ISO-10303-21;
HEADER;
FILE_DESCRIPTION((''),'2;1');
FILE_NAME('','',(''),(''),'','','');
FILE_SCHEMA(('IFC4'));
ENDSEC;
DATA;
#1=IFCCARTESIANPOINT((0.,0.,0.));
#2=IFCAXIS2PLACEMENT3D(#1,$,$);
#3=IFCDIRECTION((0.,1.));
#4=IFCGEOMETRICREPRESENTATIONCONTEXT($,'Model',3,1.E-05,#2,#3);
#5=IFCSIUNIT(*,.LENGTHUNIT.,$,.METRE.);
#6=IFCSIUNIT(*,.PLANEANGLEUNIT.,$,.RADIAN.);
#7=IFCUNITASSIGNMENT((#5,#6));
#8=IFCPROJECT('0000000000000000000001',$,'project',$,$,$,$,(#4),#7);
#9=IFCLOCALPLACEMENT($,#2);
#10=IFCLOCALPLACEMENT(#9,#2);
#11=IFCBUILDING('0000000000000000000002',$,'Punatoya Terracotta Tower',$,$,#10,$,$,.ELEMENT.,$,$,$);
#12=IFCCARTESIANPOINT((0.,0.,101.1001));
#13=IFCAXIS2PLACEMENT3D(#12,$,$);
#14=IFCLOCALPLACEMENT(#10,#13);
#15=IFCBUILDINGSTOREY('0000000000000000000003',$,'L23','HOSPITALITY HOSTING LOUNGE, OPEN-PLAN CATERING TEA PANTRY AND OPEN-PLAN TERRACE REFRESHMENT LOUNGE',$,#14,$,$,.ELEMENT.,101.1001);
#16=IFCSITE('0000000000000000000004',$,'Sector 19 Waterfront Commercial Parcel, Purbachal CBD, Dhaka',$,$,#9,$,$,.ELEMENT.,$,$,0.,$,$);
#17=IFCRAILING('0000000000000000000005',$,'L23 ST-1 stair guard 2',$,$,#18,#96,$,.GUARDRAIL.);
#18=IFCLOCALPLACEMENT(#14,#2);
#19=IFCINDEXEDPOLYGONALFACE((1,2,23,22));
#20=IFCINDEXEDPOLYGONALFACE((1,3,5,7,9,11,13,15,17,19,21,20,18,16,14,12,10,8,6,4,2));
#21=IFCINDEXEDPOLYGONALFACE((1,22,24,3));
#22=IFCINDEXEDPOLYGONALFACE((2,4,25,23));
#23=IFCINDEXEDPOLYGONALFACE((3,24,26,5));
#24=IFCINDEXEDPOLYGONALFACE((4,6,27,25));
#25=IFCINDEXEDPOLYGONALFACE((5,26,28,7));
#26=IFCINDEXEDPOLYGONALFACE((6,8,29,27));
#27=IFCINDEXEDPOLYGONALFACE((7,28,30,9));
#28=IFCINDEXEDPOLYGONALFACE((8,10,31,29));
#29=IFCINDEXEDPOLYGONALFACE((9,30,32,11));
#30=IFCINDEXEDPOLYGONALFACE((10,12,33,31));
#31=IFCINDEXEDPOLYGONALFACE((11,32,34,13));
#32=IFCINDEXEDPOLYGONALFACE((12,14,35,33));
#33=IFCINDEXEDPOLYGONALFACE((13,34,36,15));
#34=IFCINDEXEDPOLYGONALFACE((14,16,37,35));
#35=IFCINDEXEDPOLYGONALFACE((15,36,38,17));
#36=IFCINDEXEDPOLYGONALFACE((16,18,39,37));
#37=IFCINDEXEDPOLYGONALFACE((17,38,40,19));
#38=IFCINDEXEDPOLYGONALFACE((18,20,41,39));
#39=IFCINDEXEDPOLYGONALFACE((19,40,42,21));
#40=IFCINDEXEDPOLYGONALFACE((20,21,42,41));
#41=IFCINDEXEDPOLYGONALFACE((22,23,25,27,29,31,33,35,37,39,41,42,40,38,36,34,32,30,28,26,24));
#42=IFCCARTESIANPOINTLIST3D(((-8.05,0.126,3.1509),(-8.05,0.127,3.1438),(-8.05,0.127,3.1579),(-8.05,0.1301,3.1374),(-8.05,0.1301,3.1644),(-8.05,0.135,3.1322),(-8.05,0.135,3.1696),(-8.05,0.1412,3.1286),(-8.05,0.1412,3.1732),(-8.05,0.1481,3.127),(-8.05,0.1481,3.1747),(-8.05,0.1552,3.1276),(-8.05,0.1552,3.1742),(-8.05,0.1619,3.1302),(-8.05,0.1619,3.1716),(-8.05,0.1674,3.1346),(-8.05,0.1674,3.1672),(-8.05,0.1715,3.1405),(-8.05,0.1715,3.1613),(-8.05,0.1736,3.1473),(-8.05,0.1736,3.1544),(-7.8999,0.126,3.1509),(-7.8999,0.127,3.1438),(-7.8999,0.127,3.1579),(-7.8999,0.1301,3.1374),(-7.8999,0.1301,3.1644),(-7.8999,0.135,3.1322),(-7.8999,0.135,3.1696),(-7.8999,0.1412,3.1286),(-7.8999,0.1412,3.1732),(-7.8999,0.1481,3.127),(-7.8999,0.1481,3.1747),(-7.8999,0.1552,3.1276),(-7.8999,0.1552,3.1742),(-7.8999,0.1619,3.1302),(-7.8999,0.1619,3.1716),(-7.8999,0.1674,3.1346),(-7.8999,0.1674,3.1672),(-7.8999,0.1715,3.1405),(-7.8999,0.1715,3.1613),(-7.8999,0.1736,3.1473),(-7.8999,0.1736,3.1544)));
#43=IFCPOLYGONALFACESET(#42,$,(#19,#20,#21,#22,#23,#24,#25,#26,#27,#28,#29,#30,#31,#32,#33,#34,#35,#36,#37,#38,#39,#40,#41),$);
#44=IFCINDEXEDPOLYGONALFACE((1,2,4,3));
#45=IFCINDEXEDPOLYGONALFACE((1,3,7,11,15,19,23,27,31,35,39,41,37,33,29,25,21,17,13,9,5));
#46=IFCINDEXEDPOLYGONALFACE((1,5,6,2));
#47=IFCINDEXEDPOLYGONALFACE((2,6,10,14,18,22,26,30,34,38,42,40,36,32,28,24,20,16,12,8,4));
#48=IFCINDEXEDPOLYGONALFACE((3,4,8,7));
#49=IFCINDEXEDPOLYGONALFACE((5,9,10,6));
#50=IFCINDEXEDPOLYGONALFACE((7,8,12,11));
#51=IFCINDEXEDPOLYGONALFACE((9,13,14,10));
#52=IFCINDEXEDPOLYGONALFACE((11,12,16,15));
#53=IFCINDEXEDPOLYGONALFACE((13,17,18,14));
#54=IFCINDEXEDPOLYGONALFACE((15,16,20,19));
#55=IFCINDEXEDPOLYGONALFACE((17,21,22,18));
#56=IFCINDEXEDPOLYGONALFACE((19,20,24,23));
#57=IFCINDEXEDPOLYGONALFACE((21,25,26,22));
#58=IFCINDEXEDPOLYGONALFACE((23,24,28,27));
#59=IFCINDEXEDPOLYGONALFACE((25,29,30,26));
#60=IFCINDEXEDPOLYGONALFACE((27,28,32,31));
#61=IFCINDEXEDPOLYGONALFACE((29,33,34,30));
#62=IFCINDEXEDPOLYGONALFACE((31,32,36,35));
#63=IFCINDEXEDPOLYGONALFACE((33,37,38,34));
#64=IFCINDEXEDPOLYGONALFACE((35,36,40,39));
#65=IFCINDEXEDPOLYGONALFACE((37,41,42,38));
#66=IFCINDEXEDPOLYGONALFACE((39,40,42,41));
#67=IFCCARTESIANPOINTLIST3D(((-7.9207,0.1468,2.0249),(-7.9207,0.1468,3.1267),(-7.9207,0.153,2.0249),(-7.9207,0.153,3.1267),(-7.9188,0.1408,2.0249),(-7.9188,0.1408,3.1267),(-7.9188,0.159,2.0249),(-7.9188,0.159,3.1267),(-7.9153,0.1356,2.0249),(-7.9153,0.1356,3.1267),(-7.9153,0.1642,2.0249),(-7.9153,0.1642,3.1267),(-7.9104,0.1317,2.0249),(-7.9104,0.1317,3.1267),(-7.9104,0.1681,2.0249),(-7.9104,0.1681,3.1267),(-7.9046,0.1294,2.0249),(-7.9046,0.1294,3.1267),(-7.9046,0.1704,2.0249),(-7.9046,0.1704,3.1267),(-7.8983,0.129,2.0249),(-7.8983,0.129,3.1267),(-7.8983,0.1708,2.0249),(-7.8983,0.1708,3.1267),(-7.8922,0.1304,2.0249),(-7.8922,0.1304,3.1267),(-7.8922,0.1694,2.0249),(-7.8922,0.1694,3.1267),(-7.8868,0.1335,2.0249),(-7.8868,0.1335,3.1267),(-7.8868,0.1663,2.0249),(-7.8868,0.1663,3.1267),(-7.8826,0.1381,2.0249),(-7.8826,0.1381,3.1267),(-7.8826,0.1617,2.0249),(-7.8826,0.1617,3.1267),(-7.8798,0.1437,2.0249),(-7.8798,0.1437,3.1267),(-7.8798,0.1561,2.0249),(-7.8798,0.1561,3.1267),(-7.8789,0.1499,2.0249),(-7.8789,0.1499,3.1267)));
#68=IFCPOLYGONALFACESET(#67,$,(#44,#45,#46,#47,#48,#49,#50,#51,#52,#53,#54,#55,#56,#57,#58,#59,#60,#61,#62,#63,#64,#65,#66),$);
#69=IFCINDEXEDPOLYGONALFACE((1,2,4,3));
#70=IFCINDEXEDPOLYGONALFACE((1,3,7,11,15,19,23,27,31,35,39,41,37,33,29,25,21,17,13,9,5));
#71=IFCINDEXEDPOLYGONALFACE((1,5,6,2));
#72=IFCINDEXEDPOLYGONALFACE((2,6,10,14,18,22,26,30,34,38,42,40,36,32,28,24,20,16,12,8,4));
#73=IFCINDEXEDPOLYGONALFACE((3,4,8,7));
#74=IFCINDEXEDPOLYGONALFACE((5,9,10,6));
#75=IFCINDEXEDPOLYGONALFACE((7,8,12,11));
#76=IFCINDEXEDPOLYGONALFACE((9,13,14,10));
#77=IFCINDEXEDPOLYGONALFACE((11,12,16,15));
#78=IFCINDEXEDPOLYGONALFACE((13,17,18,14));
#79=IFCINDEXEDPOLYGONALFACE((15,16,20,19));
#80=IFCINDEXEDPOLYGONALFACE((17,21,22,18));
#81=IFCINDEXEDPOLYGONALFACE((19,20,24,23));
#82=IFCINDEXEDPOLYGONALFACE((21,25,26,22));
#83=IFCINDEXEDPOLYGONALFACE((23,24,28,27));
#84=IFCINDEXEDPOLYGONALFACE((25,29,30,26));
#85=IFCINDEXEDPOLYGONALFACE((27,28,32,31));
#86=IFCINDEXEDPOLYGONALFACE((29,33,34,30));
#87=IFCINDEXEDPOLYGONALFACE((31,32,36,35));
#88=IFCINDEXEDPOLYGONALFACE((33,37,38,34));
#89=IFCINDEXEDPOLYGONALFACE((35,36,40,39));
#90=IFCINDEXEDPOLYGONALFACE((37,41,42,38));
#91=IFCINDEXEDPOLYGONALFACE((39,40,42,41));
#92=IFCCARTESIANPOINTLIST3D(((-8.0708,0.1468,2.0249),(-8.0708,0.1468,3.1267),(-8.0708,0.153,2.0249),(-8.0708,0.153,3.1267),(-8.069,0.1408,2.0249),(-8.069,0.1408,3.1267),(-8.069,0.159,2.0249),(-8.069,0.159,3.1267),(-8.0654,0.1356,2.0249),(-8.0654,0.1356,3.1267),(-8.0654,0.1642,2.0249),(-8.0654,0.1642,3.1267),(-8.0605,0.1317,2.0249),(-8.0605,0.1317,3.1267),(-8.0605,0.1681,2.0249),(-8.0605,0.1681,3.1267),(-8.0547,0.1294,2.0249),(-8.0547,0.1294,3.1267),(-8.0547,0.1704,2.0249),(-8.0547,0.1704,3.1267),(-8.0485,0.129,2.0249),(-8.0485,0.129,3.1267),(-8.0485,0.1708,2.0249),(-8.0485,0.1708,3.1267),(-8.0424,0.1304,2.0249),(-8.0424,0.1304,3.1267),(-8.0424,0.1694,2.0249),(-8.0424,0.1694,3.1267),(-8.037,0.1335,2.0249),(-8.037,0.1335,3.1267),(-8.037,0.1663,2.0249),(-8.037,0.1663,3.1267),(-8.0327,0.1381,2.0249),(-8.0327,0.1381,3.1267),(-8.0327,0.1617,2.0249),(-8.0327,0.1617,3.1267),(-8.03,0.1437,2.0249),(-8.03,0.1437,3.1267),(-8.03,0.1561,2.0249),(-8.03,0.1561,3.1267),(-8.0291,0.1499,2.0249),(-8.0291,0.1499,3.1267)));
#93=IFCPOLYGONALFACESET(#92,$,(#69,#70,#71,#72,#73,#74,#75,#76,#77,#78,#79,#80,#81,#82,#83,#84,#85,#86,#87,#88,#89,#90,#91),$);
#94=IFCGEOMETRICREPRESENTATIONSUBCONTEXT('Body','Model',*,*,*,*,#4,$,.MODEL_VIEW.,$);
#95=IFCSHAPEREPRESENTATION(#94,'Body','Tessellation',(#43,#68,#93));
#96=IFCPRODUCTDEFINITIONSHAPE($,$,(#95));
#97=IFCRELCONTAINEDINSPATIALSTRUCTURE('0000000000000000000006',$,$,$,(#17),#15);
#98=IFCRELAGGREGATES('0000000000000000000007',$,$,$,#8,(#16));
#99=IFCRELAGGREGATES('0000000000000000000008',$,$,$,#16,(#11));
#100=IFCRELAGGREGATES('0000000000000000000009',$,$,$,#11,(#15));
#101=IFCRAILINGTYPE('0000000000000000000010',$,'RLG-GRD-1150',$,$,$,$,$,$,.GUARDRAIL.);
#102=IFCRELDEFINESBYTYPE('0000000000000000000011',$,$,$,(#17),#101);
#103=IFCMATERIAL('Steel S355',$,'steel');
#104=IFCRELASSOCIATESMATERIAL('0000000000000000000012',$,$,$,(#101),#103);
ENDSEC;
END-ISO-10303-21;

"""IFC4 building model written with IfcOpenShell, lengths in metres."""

from ifc_helpers import new_model, si_unit, direction, frame, origin, origin_2d, place, context, subcontext, project, spatial, circle, extrude, material, type_object, element, save


model = new_model("IFC4")

# Units and contexts
model_context = context("Model", 3, precision=1e-05, world=origin(), true_north=direction((0.0, 1.0)))
body_context = subcontext(model_context, "Body", "Model", "MODEL_VIEW")
ifc_project = project(units=[si_unit("LENGTHUNIT", "METRE"), si_unit("PLANEANGLEUNIT", "RADIAN")], contexts=[model_context])

# Site, building, storey
site_placement = place(None, origin())
site = spatial("IfcSite", under=ifc_project, at=site_placement, Name="Sector 19 Waterfront Commercial Parcel, Purbachal CBD, Dhaka", CompositionType="ELEMENT", RefElevation=0.0)
building_placement = place(site_placement, origin())
building = spatial("IfcBuilding", under=site, at=building_placement, Name="Punatoya Terracotta Tower", CompositionType="ELEMENT")
storey_placement = place(building_placement, frame((0.0, 0.0, 101.1001)))
storey = spatial("IfcBuildingStorey", under=building, at=storey_placement, Name="L23", Description="HOSPITALITY HOSTING LOUNGE, OPEN-PLAN CATERING TEA PANTRY AND OPEN-PLAN TERRACE REFRESHMENT LOUNGE", CompositionType="ELEMENT", Elevation=101.1001)

# Shared definitions
ifc_material_1 = material(Name="Steel S355", Category="steel")

# Railing
railing_type_1 = type_object("IfcRailingType", Name="RLG-GRD-1150", PredefinedType="GUARDRAIL", material=ifc_material_1)
railing_1_placement = place(storey_placement, frame((-7.8999, 0.1499, 2.0249)))
element("IfcRailing", 1, at=railing_1_placement, inside=storey, type_object=railing_type_1, Name="L23 ST-1 stair guard 2", PredefinedType="GUARDRAIL", context=body_context, shape_type="SweptSolid", body=[
    extrude(circle(Radius=0.0239, at=origin_2d()), frame((0.0, 0.0, 1.126), z_axis=(-1.0, 0.0, 0.0), x_axis=(0.0, -1.0, 0.0)), (0.0, 0.0, 1.0), 0.1501),
    extrude(circle(Radius=0.021, at=origin_2d()), origin(), (0.0, 0.0, 1.0), 1.1018),
    extrude(circle(Radius=0.021, at=origin_2d()), frame((-0.1501, 0.0, 0.0)), (0.0, 0.0, 1.0), 1.1018),
])

save(model, "model.ifc")
